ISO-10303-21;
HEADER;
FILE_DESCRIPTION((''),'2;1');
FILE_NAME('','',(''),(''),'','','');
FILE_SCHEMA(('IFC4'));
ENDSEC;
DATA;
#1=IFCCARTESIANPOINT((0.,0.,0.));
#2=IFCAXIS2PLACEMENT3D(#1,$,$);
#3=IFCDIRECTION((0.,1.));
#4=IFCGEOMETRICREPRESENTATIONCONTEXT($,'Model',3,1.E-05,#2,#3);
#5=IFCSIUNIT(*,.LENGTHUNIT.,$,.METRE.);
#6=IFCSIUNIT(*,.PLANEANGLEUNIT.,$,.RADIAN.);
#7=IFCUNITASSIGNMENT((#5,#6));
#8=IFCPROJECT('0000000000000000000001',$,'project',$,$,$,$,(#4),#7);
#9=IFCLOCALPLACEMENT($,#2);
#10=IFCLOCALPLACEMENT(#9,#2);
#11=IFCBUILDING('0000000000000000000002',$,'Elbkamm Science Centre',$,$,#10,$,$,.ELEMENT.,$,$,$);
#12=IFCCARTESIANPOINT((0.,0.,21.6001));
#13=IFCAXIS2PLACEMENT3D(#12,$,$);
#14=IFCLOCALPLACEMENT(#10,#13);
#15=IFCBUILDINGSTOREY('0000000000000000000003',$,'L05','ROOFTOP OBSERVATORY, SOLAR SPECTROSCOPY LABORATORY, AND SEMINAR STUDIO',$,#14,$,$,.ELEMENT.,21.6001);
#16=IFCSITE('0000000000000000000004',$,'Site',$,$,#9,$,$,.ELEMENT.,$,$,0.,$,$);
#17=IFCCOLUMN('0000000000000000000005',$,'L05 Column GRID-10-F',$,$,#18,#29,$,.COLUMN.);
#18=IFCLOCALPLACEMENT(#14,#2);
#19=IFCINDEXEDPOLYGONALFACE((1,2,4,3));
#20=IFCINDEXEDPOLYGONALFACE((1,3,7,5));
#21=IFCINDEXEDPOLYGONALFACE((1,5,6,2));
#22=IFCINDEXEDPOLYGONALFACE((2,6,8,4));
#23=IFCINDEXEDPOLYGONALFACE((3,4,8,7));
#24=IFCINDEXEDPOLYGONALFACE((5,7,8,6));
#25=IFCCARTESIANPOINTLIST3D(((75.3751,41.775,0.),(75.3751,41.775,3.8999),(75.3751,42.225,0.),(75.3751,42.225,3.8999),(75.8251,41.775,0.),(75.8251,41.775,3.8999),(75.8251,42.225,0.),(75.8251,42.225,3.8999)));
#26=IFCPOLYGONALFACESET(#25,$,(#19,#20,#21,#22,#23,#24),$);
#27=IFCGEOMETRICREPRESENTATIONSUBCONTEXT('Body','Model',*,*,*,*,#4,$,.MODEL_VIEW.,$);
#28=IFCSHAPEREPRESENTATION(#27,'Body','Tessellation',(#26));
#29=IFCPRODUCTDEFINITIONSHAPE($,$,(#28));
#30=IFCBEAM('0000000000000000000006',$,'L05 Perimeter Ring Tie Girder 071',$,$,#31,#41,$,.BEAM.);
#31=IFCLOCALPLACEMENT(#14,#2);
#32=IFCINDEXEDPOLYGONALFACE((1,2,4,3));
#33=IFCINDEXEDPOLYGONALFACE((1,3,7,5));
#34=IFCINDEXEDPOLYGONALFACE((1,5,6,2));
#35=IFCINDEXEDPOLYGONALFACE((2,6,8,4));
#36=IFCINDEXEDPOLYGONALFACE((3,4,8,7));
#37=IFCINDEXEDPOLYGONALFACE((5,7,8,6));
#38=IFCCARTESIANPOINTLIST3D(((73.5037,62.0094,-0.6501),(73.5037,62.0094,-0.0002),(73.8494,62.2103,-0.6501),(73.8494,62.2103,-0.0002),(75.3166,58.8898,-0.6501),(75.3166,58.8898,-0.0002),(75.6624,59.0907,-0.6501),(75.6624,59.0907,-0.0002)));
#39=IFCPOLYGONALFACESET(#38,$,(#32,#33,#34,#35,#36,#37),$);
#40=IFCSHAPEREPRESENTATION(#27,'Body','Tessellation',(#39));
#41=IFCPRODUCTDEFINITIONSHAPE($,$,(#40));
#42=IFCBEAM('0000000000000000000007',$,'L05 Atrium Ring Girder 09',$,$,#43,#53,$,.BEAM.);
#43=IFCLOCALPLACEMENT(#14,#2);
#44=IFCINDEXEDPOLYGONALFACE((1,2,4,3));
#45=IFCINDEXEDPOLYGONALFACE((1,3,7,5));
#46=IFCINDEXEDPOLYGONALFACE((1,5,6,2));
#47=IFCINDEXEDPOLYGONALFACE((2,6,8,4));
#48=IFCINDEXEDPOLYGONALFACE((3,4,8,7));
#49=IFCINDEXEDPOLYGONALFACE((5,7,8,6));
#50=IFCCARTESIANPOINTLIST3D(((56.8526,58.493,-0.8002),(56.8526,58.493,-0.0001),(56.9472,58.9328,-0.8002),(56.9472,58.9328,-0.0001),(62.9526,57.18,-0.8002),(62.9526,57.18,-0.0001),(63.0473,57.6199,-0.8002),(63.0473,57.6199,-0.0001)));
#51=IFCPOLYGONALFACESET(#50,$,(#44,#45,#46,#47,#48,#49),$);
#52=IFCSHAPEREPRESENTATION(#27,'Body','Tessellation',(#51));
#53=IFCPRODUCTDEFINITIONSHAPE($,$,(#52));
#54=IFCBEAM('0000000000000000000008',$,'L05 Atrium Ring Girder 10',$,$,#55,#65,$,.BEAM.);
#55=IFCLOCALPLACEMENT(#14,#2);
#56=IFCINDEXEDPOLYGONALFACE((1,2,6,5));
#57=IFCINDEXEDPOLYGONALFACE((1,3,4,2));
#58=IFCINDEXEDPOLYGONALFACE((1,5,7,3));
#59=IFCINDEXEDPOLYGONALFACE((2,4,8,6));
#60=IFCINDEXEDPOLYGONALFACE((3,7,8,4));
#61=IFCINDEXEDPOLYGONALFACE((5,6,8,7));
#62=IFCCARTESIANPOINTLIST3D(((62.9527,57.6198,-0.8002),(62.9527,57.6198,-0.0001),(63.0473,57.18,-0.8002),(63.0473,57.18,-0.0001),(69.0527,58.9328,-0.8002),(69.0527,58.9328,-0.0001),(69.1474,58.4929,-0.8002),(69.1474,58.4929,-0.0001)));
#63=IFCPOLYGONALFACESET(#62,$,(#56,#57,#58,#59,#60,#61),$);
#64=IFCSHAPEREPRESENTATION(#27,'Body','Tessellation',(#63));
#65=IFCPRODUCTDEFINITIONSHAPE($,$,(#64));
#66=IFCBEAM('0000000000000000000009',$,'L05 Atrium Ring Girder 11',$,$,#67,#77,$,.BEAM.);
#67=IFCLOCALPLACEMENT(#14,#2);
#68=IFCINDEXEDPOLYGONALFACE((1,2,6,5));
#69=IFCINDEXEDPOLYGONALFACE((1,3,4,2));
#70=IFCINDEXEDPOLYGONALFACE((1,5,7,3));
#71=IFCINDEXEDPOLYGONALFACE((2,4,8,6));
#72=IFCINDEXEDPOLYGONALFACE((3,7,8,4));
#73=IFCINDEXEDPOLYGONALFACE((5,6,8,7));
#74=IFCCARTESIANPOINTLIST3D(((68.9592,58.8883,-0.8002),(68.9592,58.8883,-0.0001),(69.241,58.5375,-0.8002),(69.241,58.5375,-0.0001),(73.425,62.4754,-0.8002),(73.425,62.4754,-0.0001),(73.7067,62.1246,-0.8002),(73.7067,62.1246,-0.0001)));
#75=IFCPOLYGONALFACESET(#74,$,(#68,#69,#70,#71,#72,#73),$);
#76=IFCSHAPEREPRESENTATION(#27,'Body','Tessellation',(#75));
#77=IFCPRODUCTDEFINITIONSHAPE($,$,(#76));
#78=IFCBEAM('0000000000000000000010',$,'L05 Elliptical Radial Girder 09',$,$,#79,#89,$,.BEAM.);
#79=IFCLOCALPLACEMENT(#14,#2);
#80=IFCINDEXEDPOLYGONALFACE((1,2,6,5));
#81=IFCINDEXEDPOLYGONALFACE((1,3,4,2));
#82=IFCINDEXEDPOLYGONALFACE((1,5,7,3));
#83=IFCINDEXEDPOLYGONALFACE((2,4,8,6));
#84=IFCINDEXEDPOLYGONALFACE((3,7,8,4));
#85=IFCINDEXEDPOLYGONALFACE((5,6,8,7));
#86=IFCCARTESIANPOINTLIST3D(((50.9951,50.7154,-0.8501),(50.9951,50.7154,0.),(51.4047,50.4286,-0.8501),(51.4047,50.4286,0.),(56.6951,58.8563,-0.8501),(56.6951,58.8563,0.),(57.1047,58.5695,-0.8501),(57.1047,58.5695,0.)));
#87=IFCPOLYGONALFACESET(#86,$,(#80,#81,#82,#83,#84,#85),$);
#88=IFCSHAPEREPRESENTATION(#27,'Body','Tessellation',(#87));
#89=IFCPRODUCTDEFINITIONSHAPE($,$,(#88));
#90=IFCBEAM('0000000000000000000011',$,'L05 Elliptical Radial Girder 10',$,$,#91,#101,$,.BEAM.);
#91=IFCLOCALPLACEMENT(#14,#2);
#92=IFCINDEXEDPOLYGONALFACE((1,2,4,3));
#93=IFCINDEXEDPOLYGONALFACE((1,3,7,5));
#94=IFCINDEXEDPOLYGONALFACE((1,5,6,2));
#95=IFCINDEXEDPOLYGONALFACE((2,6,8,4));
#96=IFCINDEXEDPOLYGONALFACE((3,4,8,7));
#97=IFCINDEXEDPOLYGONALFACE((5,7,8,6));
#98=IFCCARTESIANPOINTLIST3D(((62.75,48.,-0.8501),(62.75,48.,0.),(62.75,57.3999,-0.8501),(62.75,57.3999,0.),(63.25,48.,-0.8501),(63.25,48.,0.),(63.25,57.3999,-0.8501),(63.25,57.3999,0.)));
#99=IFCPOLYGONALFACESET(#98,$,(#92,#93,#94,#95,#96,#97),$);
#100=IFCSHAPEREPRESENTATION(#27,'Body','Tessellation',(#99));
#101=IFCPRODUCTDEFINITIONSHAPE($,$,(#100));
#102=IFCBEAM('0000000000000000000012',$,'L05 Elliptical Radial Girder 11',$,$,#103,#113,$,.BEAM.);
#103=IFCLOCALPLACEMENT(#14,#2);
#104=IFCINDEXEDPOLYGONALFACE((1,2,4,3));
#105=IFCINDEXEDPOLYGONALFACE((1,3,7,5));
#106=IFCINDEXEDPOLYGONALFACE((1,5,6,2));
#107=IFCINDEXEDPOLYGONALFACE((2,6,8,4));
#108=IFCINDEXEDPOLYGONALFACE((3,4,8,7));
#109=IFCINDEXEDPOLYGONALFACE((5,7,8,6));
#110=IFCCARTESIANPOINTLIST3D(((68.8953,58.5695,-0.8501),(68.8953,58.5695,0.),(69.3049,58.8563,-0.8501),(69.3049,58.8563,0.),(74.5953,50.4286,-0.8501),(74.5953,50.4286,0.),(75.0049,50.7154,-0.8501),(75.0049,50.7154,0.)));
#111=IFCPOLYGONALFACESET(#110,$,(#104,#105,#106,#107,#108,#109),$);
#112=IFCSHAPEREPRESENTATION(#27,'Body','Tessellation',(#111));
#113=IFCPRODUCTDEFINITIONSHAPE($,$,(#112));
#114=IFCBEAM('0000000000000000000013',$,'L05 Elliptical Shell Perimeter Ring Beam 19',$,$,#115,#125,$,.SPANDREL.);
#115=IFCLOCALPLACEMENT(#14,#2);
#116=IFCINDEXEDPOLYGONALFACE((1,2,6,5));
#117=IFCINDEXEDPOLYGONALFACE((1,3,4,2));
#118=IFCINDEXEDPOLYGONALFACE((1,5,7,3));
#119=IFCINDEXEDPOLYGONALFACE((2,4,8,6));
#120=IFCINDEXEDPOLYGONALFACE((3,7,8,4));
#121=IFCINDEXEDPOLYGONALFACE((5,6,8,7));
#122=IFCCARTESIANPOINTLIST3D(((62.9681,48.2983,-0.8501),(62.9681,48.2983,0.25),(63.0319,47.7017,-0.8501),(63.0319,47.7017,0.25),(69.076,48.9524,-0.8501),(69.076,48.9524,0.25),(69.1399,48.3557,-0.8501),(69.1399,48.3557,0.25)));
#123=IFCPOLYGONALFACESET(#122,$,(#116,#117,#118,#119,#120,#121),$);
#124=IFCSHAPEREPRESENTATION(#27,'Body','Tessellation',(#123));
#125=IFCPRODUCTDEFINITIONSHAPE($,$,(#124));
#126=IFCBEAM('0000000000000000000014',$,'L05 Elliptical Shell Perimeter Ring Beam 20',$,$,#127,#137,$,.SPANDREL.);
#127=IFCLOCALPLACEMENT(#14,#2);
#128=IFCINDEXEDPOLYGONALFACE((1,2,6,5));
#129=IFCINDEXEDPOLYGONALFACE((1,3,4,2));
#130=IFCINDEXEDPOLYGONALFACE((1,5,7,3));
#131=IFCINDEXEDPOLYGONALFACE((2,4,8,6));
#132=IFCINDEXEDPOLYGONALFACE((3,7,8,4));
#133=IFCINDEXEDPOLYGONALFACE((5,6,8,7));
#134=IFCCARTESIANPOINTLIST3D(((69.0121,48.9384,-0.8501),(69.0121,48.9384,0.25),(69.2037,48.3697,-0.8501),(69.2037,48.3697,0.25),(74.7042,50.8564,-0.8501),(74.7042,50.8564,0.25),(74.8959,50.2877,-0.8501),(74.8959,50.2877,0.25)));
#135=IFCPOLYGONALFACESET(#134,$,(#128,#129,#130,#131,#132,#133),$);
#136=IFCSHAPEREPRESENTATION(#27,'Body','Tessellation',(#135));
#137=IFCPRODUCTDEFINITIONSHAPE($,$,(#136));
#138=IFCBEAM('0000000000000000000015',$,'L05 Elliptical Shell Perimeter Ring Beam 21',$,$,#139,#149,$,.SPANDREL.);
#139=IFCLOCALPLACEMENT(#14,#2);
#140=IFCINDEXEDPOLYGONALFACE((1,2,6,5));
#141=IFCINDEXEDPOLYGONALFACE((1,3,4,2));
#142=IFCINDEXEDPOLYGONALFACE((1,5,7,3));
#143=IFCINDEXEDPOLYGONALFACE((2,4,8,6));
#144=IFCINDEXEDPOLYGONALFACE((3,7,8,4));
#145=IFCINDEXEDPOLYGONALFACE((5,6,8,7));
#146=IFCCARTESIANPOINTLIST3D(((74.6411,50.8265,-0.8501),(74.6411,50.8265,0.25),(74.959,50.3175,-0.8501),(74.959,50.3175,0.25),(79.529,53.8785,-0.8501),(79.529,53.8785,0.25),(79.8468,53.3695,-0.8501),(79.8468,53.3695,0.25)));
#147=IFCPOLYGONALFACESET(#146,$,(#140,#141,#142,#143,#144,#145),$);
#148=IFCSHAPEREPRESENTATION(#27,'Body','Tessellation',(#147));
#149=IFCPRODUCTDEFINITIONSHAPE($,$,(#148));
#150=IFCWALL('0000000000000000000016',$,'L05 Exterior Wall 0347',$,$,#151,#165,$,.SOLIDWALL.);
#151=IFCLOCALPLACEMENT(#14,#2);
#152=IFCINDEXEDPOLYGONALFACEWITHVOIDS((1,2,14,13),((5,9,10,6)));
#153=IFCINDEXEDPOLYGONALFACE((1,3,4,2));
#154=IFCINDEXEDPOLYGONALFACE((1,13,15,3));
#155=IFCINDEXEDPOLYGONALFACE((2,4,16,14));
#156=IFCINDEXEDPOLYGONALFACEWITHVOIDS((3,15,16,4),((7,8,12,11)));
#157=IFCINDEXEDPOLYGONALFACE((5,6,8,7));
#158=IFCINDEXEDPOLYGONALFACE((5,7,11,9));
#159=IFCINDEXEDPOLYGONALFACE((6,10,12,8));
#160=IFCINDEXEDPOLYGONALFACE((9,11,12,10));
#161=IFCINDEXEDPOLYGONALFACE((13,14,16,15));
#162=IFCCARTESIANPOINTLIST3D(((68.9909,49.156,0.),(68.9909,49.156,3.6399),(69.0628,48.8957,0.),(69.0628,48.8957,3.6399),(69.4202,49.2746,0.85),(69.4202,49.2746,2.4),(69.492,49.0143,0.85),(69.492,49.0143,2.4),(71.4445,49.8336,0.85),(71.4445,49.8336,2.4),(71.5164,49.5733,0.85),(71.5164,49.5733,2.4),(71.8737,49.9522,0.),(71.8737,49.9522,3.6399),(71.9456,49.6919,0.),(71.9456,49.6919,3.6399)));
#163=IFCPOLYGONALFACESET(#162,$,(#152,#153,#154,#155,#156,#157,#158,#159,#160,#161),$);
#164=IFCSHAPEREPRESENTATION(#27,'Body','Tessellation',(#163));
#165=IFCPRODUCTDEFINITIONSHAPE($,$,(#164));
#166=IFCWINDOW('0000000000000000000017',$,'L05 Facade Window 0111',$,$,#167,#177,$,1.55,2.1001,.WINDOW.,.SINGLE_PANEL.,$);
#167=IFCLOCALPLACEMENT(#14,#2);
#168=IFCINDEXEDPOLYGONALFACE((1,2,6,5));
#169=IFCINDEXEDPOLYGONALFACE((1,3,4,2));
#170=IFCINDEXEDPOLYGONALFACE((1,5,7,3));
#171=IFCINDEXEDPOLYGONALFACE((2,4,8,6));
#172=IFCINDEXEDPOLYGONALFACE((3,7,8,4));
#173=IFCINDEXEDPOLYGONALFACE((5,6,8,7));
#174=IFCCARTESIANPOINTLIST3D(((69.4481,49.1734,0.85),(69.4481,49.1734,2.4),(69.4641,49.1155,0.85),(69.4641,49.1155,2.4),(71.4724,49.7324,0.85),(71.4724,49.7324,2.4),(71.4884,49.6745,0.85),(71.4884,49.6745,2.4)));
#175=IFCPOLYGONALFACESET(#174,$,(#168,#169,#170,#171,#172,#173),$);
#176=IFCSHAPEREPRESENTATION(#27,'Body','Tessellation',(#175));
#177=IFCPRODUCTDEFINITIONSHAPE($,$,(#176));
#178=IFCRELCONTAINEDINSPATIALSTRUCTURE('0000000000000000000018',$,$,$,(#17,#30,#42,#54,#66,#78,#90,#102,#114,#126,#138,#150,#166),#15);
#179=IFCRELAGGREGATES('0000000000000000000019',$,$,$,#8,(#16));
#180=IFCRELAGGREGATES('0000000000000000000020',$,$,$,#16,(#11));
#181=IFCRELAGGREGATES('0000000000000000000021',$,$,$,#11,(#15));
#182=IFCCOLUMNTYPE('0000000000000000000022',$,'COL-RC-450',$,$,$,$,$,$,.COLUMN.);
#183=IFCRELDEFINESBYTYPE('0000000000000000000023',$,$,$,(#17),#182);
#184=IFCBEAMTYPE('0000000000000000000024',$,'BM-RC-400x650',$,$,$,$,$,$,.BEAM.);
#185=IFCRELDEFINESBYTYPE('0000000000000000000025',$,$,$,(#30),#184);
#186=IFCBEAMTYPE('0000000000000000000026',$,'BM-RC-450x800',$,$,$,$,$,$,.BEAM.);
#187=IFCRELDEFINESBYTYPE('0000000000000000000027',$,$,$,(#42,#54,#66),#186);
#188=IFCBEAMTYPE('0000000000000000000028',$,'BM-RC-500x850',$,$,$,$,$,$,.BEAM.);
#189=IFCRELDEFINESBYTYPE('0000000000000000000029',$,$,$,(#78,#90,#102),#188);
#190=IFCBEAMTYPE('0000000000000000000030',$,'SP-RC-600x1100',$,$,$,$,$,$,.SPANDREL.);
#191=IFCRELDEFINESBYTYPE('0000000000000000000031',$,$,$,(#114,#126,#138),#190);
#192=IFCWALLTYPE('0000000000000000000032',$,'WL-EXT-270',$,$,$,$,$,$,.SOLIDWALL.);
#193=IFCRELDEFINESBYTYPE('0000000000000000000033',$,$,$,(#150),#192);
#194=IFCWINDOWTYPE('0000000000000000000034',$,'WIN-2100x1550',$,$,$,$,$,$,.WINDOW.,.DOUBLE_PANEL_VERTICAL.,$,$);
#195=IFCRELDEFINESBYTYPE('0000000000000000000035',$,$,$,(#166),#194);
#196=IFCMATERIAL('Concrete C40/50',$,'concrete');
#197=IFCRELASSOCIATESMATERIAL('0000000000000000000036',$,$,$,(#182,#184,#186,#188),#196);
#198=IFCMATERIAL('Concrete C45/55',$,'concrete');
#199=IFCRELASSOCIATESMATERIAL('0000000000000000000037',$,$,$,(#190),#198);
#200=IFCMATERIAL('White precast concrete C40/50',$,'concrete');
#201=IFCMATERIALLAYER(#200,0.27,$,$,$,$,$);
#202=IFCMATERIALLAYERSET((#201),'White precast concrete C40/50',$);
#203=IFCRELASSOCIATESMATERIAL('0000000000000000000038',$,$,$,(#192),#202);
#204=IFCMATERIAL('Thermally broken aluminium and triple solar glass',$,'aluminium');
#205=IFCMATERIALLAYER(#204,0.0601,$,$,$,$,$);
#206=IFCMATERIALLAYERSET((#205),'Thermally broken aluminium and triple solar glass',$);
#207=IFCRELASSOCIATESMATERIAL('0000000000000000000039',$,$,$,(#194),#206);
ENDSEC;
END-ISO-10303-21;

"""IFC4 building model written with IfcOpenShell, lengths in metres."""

from ifc_helpers import new_model, si_unit, direction, frame, frame_2d, origin, origin_2d, place, context, subcontext, project, spatial, rectangle, extrude, material, layer, layer_set, material_profile, profile_set, type_object, element, fill, save


model = new_model("IFC4")

# Units and contexts
model_context = context("Model", 3, precision=1e-05, world=origin(), true_north=direction((0.0, 1.0)))
body_context = subcontext(model_context, "Body", "Model", "MODEL_VIEW")
ifc_project = project(units=[si_unit("LENGTHUNIT", "METRE"), si_unit("PLANEANGLEUNIT", "RADIAN")], contexts=[model_context])

# Site, building, storey
site_placement = place(None, origin())
site = spatial("IfcSite", under=ifc_project, at=site_placement, Name="Site", CompositionType="ELEMENT", RefElevation=0.0)
building_placement = place(site_placement, origin())
building = spatial("IfcBuilding", under=site, at=building_placement, Name="Elbkamm Science Centre", CompositionType="ELEMENT")
storey_placement = place(building_placement, frame((0.0, 0.0, 21.6001)))
storey = spatial("IfcBuildingStorey", under=building, at=storey_placement, Name="L05", Description="ROOFTOP OBSERVATORY, SOLAR SPECTROSCOPY LABORATORY, AND SEMINAR STUDIO", CompositionType="ELEMENT", Elevation=21.6001)

# Column
ifc_material_1 = material(Name="Concrete C40/50", Category="concrete")
ifc_material_profile_1 = material_profile(ifc_material_1, rectangle(XDim=0.45, YDim=0.45, at=origin_2d()), Name="RC 450x450")
ifc_profile_set_1 = profile_set([ifc_material_profile_1], Name="Concrete C40/50")
column_type = type_object("IfcColumnType", Name="COL-RC-450", PredefinedType="COLUMN", material=ifc_profile_set_1)
column_placement = place(storey_placement, frame((75.6001, 42.0, 0.0), z_axis=(0.0, 0.0, 1.0), x_axis=(1.0, 0.0, 0.0)))
element("IfcColumn", 1, at=column_placement, inside=storey, type_object=column_type, Name="L05 Column GRID-10-F", PredefinedType="COLUMN", context=body_context, shape_type="SweptSolid", body=[
    extrude(rectangle(XDim=0.45, YDim=0.45, at=origin_2d()), origin(), (0.0, 0.0, 1.0), 3.8999),
])

# Beams
ifc_material_profile_2 = material_profile(ifc_material_1, rectangle(XDim=0.3999, YDim=0.6499, at=origin_2d()), Name="RC 400x650")
ifc_profile_set_2 = profile_set([ifc_material_profile_2], Name="Concrete C40/50")
beam_type_1 = type_object("IfcBeamType", Name="BM-RC-400x650", PredefinedType="BEAM", material=ifc_profile_set_2)
beam_1_placement = place(storey_placement, frame((75.4895, 58.9902, -0.3252), z_axis=(-0.502465, 0.864597, 0.0), x_axis=(-0.864597, -0.502465, 0.0)))
element("IfcBeam", 2, at=beam_1_placement, inside=storey, type_object=beam_type_1, Name="L05 Perimeter Ring Tie Girder 071", PredefinedType="BEAM", context=body_context, shape_type="SweptSolid", body=[
    extrude(rectangle(XDim=0.3999, YDim=0.6499, at=origin_2d()), origin(), (0.0, 0.0, 1.0), 3.6082),
])
ifc_material_profile_3 = material_profile(ifc_material_1, rectangle(XDim=0.45, YDim=0.8, at=origin_2d()), Name="RC 450x800")
ifc_profile_set_3 = profile_set([ifc_material_profile_3], Name="Concrete C40/50")
beam_type_2 = type_object("IfcBeamType", Name="BM-RC-450x800", PredefinedType="BEAM", material=ifc_profile_set_3)
for number, where, z_axis, x_axis, name in (
    (3, (56.8999, 58.7129, -0.4001), (0.977611, -0.210421, 0.0), (0.210421, 0.977611, 0.0), "L05 Atrium Ring Girder 09"),
    (4, (63.0, 57.3999, -0.4001), (0.977611, 0.210421, 0.0), (-0.210421, 0.977611, 0.0), "L05 Atrium Ring Girder 10"),
):
    element("IfcBeam", number, at=place(storey_placement, frame(where, z_axis=z_axis, x_axis=x_axis)), inside=storey, type_object=beam_type_2, Name=name, PredefinedType="BEAM", context=body_context, shape_type="SweptSolid", body=[
        extrude(rectangle(XDim=0.45, YDim=0.8, at=origin_2d()), origin(), (0.0, 0.0, 1.0), 6.2397),
    ])
beam_2_placement = place(storey_placement, frame((69.1001, 58.7129, -0.4001), z_axis=(0.779632, 0.626238, 0.0), x_axis=(-0.626238, 0.779632, 0.0)))
element("IfcBeam", 5, at=beam_2_placement, inside=storey, type_object=beam_type_2, Name="L05 Atrium Ring Girder 11", PredefinedType="BEAM", context=body_context, shape_type="SweptSolid", body=[
    extrude(rectangle(XDim=0.45, YDim=0.8, at=origin_2d()), origin(), (0.0, 0.0, 1.0), 5.728),
])
ifc_material_profile_4 = material_profile(ifc_material_1, rectangle(XDim=0.5, YDim=0.8501, at=origin_2d()), Name="RC 500x850")
ifc_profile_set_4 = profile_set([ifc_material_profile_4], Name="Concrete C40/50")
beam_type_3 = type_object("IfcBeamType", Name="BM-RC-500x850", PredefinedType="BEAM", material=ifc_profile_set_4)
beam_3_placement = place(storey_placement, frame((56.8999, 58.7129, -0.425), z_axis=(-0.573553, -0.819168, 0.0), x_axis=(0.819168, -0.573553, 0.0)))
element("IfcBeam", 6, at=beam_3_placement, inside=storey, type_object=beam_type_3, Name="L05 Elliptical Radial Girder 09", PredefinedType="BEAM", context=body_context, shape_type="SweptSolid", body=[
    extrude(rectangle(XDim=0.5, YDim=0.8501, at=origin_2d()), origin(), (0.0, 0.0, 1.0), 9.938),
])
beam_4_placement = place(storey_placement, frame((63.0, 57.3999, -0.425), z_axis=(0.0, -1.0, 0.0), x_axis=(1.0, 0.0, 0.0)))
element("IfcBeam", 7, at=beam_4_placement, inside=storey, type_object=beam_type_3, Name="L05 Elliptical Radial Girder 10", PredefinedType="BEAM", context=body_context, shape_type="SweptSolid", body=[
    extrude(rectangle(XDim=0.5, YDim=0.8501, at=origin_2d()), origin(), (0.0, 0.0, 1.0), 9.3999),
])
beam_5_placement = place(storey_placement, frame((69.1001, 58.7129, -0.425), z_axis=(0.573553, -0.819168, 0.0), x_axis=(0.819168, 0.573553, 0.0)))
element("IfcBeam", 8, at=beam_5_placement, inside=storey, type_object=beam_type_3, Name="L05 Elliptical Radial Girder 11", PredefinedType="BEAM", context=body_context, shape_type="SweptSolid", body=[
    extrude(rectangle(XDim=0.5, YDim=0.8501, at=origin_2d()), origin(), (0.0, 0.0, 1.0), 9.938),
])
ifc_material_2 = material(Name="Concrete C45/55", Category="concrete")
ifc_material_profile_5 = material_profile(ifc_material_2, rectangle(XDim=0.6001, YDim=1.1001, at=origin_2d()), Name="RC 600x1100")
ifc_profile_set_5 = profile_set([ifc_material_profile_5], Name="Concrete C45/55")
beam_type_4 = type_object("IfcBeamType", Name="SP-RC-600x1100", PredefinedType="SPANDREL", material=ifc_profile_set_5)
beam_6_placement = place(storey_placement, frame((63.0, 48.0, -0.3), z_axis=(0.994315, 0.106474, 0.0), x_axis=(-0.106474, 0.994315, 0.0)))
element("IfcBeam", 9, at=beam_6_placement, inside=storey, type_object=beam_type_4, Name="L05 Elliptical Shell Perimeter Ring Beam 19", PredefinedType="SPANDREL", context=body_context, shape_type="SweptSolid", body=[
    extrude(rectangle(XDim=0.6001, YDim=1.1001, at=origin_2d()), origin(), (0.0, 0.0, 1.0), 6.1428),
])
beam_7_placement = place(storey_placement, frame((69.1079, 48.6541, -0.3), z_axis=(0.94765, 0.319311, 0.0), x_axis=(-0.319311, 0.94765, 0.0)))
element("IfcBeam", 10, at=beam_7_placement, inside=storey, type_object=beam_type_4, Name="L05 Elliptical Shell Perimeter Ring Beam 20", PredefinedType="SPANDREL", context=body_context, shape_type="SweptSolid", body=[
    extrude(rectangle(XDim=0.6001, YDim=1.1001, at=origin_2d()), origin(), (0.0, 0.0, 1.0), 6.0066),
])
beam_8_placement = place(storey_placement, frame((74.8, 50.572, -0.3), z_axis=(0.848229, 0.529629, 0.0), x_axis=(-0.529629, 0.848229, 0.0)))
element("IfcBeam", 11, at=beam_8_placement, inside=storey, type_object=beam_type_4, Name="L05 Elliptical Shell Perimeter Ring Beam 21", PredefinedType="SPANDREL", context=body_context, shape_type="SweptSolid", body=[
    extrude(rectangle(XDim=0.6001, YDim=1.1001, at=origin_2d()), origin(), (0.0, 0.0, 1.0), 5.7625),
])

# Wall, opening, window
ifc_material_3 = material(Name="White precast concrete C40/50", Category="concrete")
ifc_layer_1 = layer(ifc_material_3, 0.27)
ifc_layer_set_1 = layer_set([ifc_layer_1], Name="White precast concrete C40/50")
wall_type_1 = type_object("IfcWallType", Name="WL-EXT-270", PredefinedType="SOLIDWALL", material=ifc_layer_set_1)
wall_1_placement = place(storey_placement, frame((71.9097, 49.822, 0.0), z_axis=(0.0, 0.0, 1.0), x_axis=(-0.963917, -0.266204, 0.0)))
wall_1 = element("IfcWall", 12, at=wall_1_placement, inside=storey, type_object=wall_type_1, Name="L05 Exterior Wall 0347", PredefinedType="SOLIDWALL", context=body_context, shape_type="SweptSolid", body=[
    extrude(rectangle(XDim=2.9907, YDim=0.27, at=frame_2d((1.4954, 0.0))), origin(), (0.0, 0.0, 1.0), 3.6399),
])
opening_1_placement = place(wall_1_placement, frame((0.4453, 0.0, 0.8501)))
opening_1 = element("IfcOpeningElement", 13, at=opening_1_placement, cuts=wall_1, PredefinedType="OPENING", context=body_context, shape_type="SweptSolid", body=[
    extrude(rectangle(XDim=2.1001, YDim=1.55, at=frame_2d((1.05, 0.7749))), frame((0.0, 0.147, 0.0), z_axis=(0.0, -1.0, 0.0), x_axis=(1.0, 0.0, 0.0)), (0.0, 0.0, 1.0), 0.2939),
])
ifc_material_4 = material(Name="Thermally broken aluminium and triple solar glass", Category="aluminium")
ifc_layer_2 = layer(ifc_material_4, 0.0601)
ifc_layer_set_2 = layer_set([ifc_layer_2], Name="Thermally broken aluminium and triple solar glass")
window_type_1 = type_object("IfcWindowType", Name="WIN-2100x1550", PartitioningType="DOUBLE_PANEL_VERTICAL", PredefinedType="WINDOW", material=ifc_layer_set_2)
window_1_placement = place(opening_1_placement, origin())
window_1 = element("IfcWindow", 14, at=window_1_placement, inside=storey, type_object=window_type_1, Name="L05 Facade Window 0111", OverallHeight=1.55, OverallWidth=2.1001, PartitioningType="SINGLE_PANEL", PredefinedType="WINDOW", context=body_context, shape_type="SweptSolid", body=[
    extrude(rectangle(XDim=2.1001, YDim=1.55, at=frame_2d((1.05, 0.7749))), frame((0.0, 0.03, 0.0), z_axis=(0.0, -1.0, 0.0), x_axis=(1.0, 0.0, 0.0)), (0.0, 0.0, 1.0), 0.0601),
])
fill(opening_1, window_1)

save(model, "model.ifc")
